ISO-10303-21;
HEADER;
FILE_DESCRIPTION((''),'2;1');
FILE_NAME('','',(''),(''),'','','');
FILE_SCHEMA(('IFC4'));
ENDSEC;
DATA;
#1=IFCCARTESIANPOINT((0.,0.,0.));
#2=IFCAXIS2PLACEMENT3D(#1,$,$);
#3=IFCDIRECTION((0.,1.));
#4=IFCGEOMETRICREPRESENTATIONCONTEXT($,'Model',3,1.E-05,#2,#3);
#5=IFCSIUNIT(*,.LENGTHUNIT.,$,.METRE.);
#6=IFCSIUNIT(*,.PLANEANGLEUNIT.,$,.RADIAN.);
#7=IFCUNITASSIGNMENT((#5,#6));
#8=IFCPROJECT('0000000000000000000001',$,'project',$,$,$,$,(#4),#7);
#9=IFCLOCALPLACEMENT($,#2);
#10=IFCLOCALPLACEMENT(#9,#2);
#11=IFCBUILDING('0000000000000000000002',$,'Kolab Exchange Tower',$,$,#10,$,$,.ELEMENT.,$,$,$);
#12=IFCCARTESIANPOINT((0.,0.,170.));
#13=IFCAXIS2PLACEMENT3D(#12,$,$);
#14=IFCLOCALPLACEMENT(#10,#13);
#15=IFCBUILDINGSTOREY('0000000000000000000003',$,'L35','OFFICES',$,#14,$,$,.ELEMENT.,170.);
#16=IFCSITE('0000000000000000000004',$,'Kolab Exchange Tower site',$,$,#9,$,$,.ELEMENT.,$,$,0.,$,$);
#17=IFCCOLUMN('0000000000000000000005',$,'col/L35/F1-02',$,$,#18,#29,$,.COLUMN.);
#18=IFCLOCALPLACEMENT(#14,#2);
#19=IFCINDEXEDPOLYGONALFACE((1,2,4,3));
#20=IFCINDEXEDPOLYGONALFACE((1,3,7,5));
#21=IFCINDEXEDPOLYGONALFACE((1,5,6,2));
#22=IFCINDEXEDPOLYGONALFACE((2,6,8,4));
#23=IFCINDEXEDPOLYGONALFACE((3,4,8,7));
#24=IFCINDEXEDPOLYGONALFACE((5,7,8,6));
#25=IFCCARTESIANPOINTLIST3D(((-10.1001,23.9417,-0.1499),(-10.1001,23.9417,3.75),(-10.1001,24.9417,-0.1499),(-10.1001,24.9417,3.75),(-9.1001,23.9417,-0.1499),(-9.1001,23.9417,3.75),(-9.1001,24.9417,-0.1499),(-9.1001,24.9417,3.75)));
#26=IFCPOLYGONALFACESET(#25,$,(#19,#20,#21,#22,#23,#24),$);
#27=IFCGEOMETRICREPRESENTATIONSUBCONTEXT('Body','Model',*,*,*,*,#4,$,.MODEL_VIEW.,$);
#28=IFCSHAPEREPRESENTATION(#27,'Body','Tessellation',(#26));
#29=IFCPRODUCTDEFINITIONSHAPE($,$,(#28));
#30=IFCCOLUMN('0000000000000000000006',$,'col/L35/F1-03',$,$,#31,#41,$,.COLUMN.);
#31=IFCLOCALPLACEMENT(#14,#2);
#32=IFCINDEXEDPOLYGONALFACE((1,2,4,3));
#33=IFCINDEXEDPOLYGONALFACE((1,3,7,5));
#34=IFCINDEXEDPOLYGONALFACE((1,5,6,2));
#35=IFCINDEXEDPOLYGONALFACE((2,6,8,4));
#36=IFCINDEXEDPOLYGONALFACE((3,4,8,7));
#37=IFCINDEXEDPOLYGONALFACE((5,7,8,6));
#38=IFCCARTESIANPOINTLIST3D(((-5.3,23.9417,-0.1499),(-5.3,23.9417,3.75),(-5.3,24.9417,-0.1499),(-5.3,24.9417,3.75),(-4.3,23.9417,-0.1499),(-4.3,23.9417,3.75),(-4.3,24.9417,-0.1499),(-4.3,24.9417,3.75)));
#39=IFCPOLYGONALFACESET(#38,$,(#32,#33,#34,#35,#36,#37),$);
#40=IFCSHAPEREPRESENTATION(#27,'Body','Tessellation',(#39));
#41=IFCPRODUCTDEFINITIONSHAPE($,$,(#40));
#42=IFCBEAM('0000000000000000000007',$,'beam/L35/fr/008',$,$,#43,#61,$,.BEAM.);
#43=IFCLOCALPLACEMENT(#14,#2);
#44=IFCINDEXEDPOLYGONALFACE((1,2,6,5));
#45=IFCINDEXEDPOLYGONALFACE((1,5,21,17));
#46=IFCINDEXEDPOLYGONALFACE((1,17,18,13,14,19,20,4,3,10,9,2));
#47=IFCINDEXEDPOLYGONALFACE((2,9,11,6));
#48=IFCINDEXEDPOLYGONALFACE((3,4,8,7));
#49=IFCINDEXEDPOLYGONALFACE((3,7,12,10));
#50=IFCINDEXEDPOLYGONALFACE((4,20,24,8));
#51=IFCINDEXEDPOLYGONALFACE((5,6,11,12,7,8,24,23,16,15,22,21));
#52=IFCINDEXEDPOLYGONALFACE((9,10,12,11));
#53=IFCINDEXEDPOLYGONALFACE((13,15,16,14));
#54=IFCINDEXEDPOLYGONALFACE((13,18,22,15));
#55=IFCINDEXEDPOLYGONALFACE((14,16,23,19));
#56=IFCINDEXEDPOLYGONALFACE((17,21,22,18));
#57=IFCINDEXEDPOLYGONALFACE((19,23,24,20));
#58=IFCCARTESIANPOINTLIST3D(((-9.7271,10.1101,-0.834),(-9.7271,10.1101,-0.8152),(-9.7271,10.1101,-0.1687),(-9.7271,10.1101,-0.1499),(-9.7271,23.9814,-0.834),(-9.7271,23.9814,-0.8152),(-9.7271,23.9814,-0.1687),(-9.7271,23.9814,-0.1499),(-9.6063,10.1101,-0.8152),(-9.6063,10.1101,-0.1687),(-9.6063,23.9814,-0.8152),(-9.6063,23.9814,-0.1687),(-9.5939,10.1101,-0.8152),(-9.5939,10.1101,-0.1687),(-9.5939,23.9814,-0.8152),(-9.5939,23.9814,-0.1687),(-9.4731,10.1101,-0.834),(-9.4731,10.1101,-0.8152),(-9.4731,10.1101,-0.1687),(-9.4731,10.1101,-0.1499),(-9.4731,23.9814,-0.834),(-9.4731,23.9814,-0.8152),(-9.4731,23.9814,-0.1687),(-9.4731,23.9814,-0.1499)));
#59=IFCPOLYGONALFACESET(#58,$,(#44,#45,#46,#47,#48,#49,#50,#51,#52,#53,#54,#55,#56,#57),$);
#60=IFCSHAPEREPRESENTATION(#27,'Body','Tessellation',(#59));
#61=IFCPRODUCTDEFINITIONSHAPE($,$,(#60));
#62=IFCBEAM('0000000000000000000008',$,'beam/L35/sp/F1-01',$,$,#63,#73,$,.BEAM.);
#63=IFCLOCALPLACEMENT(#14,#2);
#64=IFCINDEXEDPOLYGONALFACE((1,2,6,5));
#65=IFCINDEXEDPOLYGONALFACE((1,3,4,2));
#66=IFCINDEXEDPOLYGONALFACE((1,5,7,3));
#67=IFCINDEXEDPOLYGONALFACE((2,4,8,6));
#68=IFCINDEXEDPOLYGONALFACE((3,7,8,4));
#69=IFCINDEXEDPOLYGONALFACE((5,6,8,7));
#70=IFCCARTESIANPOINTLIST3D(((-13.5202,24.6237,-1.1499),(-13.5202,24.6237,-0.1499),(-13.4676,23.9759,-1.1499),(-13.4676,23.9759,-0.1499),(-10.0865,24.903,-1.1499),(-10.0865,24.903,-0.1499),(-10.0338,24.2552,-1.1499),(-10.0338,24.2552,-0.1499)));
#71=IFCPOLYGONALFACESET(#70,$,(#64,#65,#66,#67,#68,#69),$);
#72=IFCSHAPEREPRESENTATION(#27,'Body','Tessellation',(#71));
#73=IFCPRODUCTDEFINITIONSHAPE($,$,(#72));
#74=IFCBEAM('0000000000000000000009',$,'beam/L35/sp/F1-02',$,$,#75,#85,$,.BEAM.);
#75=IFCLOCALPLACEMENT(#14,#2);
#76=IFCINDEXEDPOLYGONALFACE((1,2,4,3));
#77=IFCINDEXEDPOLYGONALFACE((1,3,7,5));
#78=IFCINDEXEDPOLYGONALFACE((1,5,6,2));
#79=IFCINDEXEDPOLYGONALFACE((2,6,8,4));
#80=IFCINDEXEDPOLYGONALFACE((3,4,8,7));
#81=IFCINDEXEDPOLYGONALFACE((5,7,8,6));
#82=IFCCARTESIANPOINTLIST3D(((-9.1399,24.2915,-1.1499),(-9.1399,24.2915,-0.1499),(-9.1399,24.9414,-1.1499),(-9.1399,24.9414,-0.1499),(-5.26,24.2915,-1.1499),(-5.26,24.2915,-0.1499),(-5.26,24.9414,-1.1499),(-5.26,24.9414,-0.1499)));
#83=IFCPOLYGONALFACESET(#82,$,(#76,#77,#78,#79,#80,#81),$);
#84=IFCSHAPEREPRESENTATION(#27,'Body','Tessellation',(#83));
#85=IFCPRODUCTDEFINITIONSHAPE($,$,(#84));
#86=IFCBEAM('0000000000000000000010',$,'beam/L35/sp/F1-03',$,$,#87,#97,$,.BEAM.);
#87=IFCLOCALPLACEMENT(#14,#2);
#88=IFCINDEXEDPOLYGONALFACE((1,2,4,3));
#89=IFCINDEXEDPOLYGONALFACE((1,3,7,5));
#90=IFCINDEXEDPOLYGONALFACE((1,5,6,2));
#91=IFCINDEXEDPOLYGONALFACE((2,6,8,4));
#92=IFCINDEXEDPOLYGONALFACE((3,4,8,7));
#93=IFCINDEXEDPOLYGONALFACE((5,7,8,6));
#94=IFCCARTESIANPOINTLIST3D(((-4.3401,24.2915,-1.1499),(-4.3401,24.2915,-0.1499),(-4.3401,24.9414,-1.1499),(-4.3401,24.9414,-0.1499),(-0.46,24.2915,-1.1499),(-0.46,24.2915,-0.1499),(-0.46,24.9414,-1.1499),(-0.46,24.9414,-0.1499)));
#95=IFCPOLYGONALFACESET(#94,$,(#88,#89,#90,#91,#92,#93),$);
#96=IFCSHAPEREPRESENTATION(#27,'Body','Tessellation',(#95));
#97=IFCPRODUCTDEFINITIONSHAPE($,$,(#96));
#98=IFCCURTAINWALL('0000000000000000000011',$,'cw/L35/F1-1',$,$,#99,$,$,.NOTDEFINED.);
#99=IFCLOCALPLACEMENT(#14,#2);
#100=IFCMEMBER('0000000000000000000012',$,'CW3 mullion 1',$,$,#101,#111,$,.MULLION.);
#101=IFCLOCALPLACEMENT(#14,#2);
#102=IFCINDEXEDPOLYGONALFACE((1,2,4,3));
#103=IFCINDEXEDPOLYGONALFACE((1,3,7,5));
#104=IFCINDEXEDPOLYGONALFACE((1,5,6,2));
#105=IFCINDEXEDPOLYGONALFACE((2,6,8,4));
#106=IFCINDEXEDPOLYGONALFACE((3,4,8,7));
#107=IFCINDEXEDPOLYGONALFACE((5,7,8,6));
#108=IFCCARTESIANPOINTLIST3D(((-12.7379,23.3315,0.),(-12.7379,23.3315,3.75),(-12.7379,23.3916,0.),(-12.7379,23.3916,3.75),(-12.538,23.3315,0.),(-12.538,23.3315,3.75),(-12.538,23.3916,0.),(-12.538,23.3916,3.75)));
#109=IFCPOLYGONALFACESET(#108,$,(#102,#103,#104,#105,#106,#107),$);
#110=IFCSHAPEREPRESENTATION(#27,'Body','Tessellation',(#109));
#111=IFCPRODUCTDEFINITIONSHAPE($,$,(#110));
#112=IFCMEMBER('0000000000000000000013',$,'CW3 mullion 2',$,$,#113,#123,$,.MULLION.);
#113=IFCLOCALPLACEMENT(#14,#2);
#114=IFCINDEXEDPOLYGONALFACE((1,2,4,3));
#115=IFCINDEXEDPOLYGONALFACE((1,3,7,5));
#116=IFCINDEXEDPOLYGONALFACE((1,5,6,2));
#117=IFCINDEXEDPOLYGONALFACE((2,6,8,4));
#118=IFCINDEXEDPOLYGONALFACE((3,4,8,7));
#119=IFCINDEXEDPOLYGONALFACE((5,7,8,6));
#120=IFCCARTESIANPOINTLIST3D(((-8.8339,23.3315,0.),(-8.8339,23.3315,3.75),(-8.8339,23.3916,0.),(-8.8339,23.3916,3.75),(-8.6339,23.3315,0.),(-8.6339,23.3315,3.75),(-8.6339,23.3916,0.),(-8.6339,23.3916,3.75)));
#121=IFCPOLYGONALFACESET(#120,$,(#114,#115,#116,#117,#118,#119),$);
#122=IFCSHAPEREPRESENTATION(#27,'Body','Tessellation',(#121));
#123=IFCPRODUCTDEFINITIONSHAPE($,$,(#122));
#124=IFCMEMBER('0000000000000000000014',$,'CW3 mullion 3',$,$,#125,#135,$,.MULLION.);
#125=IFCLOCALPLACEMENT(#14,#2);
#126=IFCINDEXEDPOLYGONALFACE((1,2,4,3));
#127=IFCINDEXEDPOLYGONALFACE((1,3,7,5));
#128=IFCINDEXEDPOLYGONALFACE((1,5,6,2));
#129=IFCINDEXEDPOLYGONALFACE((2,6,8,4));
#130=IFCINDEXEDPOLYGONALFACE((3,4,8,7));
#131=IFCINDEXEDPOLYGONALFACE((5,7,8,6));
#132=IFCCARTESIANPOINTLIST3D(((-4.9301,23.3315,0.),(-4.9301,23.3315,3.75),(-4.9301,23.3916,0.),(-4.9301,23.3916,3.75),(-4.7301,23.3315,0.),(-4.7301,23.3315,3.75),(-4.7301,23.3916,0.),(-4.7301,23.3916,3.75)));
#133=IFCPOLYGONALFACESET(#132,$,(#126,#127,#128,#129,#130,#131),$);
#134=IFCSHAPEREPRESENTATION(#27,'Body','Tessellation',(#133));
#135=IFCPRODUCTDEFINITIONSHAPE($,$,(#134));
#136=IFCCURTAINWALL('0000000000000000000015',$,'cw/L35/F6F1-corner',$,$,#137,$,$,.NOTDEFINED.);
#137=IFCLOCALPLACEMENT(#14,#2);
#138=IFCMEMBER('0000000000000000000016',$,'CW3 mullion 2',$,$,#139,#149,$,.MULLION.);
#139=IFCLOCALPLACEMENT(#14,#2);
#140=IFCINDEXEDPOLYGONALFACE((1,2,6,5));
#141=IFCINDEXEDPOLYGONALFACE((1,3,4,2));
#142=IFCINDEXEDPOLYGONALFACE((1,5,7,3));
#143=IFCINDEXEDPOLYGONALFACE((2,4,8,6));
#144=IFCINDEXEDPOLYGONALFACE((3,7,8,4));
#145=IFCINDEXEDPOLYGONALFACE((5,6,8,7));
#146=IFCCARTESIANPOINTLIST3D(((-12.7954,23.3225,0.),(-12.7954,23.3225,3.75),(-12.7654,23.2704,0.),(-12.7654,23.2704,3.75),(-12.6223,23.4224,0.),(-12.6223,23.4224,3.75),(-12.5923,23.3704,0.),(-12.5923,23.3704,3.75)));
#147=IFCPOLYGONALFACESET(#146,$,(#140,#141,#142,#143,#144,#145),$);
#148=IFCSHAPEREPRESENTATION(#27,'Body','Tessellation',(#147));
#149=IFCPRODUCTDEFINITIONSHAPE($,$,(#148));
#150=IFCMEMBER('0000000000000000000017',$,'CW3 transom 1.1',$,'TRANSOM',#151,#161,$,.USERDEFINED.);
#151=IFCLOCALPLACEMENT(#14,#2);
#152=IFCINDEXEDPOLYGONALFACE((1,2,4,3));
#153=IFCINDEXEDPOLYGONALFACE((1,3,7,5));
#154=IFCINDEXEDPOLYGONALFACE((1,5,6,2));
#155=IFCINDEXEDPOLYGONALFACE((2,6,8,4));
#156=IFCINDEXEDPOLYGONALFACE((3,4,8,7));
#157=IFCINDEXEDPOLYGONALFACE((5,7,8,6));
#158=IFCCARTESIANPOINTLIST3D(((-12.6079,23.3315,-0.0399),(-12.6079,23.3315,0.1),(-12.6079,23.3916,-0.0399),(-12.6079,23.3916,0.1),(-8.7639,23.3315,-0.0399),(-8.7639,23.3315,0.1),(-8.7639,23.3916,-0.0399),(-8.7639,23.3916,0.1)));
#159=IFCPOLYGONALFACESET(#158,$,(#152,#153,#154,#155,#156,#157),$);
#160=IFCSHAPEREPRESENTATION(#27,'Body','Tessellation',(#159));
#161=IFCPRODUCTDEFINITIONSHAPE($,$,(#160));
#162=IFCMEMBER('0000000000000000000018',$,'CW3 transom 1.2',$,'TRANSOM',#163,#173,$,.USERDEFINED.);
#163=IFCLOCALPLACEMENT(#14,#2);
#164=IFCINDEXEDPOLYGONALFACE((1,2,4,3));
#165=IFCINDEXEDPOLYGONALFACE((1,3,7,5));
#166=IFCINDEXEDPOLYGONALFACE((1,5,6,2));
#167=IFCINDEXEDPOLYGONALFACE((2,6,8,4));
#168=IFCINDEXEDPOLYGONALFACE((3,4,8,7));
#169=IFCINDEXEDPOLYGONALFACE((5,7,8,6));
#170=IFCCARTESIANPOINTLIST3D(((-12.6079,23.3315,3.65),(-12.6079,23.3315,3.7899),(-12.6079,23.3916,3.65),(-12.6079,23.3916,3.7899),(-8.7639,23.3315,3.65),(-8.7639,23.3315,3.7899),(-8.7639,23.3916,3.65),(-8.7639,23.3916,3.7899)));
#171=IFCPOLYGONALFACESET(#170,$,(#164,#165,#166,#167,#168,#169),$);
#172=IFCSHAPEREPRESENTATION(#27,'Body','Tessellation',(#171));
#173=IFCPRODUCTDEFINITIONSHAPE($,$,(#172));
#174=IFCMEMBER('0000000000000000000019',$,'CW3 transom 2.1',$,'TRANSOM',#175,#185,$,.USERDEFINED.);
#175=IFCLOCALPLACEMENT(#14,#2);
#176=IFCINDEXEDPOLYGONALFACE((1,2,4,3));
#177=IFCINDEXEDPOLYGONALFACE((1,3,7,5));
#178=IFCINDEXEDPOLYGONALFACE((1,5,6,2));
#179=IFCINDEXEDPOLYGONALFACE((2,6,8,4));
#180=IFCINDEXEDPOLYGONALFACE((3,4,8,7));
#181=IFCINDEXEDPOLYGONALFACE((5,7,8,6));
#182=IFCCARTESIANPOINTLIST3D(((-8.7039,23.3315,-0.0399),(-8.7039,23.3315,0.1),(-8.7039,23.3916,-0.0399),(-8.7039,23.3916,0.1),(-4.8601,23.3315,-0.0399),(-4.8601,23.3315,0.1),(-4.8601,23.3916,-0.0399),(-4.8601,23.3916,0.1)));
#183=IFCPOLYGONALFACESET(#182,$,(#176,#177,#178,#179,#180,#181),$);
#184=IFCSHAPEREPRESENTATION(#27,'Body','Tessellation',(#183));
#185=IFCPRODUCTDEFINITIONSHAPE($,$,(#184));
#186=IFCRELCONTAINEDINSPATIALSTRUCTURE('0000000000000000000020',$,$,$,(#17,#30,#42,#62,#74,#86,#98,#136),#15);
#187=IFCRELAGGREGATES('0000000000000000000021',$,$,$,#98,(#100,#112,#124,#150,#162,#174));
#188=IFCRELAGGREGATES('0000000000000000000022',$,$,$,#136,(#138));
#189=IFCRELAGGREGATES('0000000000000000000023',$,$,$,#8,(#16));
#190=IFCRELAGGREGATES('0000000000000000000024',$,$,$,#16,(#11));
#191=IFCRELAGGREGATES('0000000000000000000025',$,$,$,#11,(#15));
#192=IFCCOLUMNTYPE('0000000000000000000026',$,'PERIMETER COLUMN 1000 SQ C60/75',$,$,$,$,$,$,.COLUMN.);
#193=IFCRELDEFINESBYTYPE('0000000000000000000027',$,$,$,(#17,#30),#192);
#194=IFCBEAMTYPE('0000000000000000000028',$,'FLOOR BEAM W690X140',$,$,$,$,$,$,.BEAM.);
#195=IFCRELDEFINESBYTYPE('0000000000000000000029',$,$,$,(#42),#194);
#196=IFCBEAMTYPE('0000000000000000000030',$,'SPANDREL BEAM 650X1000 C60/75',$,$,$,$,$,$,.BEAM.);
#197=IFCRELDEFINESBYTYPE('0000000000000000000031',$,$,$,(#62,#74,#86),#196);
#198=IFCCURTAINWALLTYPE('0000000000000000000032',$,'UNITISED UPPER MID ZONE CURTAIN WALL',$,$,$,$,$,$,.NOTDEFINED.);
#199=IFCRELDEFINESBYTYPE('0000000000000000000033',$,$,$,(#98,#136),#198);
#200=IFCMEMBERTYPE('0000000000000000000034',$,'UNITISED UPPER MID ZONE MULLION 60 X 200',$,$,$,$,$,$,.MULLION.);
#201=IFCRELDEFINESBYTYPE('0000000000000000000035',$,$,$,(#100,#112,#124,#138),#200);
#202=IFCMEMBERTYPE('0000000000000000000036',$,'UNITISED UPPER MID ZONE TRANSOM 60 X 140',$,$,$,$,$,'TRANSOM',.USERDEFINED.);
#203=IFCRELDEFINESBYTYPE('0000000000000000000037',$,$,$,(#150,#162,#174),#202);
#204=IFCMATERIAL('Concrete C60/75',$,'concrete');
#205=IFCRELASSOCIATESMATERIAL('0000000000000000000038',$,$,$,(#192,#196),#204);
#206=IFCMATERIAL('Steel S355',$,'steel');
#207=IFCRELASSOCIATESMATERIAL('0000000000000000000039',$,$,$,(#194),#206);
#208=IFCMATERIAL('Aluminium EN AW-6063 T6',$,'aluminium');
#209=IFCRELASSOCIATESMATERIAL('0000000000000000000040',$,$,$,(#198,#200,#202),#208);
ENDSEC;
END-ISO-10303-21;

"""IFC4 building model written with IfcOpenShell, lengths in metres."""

from ifc_helpers import new_model, si_unit, direction, frame, origin, origin_2d, place, context, subcontext, project, spatial, rectangle, i_section, extrude, material, material_profile, profile_set, type_object, element, aggregate, save


model = new_model("IFC4")

# Units and contexts
model_context = context("Model", 3, precision=1e-05, world=origin(), true_north=direction((0.0, 1.0)))
body_context = subcontext(model_context, "Body", "Model", "MODEL_VIEW")
ifc_project = project(units=[si_unit("LENGTHUNIT", "METRE"), si_unit("PLANEANGLEUNIT", "RADIAN")], contexts=[model_context])

# Site, building, storey
site_placement = place(None, origin())
site = spatial("IfcSite", under=ifc_project, at=site_placement, Name="Kolab Exchange Tower site", CompositionType="ELEMENT", RefElevation=0.0)
building_placement = place(site_placement, origin())
building = spatial("IfcBuilding", under=site, at=building_placement, Name="Kolab Exchange Tower", CompositionType="ELEMENT")
storey_placement = place(building_placement, frame((0.0, 0.0, 170.0)))
storey = spatial("IfcBuildingStorey", under=building, at=storey_placement, Name="L35", Description="OFFICES", CompositionType="ELEMENT", Elevation=170.0)

# Columns
ifc_material_1 = material(Name="Concrete C60/75", Category="concrete")
ifc_material_profile_1 = material_profile(ifc_material_1, rectangle(XDim=1.0, YDim=1.0, at=origin_2d()), Name="RC1000")
ifc_profile_set_1 = profile_set([ifc_material_profile_1], Name="Concrete C60/75")
column_type = type_object("IfcColumnType", Name="PERIMETER COLUMN 1000 SQ C60/75", PredefinedType="COLUMN", material=ifc_profile_set_1)
for number, where, z_axis, x_axis, name in (
    (1, (-9.6001, 24.4417, -0.1499), (0.0, 0.0, 1.0), (1.0, 0.0, 0.0), "col/L35/F1-02"),
    (2, (-4.8, 24.4417, -0.1499), (0.0, 0.0, 1.0), (1.0, 0.0, 0.0), "col/L35/F1-03"),
):
    element("IfcColumn", number, at=place(storey_placement, frame(where, z_axis=z_axis, x_axis=x_axis)), inside=storey, type_object=column_type, Name=name, PredefinedType="COLUMN", context=body_context, shape_type="SweptSolid", body=[
        extrude(rectangle(XDim=1.0, YDim=1.0, at=origin_2d()), origin(), (0.0, 0.0, 1.0), 3.8999),
    ])

# Beams
ifc_material_2 = material(Name="Steel S355", Category="steel")
ifc_material_profile_2 = material_profile(ifc_material_2, i_section(OverallWidth=0.2539, OverallDepth=0.6841, WebThickness=0.0125, FlangeThickness=0.0188, at=origin_2d()), Name="W690X140")
ifc_profile_set_2 = profile_set([ifc_material_profile_2], Name="Steel S355")
beam_type_1 = type_object("IfcBeamType", Name="FLOOR BEAM W690X140", PredefinedType="BEAM", material=ifc_profile_set_2)
beam_1_placement = place(storey_placement, frame((-9.6001, 10.1101, -0.4919), z_axis=(0.0, 1.0, 0.0), x_axis=(-1.0, 0.0, 0.0)))
element("IfcBeam", 3, at=beam_1_placement, inside=storey, type_object=beam_type_1, Name="beam/L35/fr/008", PredefinedType="BEAM", context=body_context, shape_type="SweptSolid", body=[
    extrude(i_section(OverallWidth=0.2539, OverallDepth=0.6841, WebThickness=0.0125, FlangeThickness=0.0188, at=origin_2d()), origin(), (0.0, 0.0, 1.0), 13.8713),
])
ifc_material_profile_3 = material_profile(ifc_material_1, rectangle(XDim=0.6499, YDim=1.0, at=origin_2d()), Name="RC650X1000")
ifc_profile_set_3 = profile_set([ifc_material_profile_3], Name="Concrete C60/75")
beam_type_2 = type_object("IfcBeamType", Name="SPANDREL BEAM 650X1000 C60/75", PredefinedType="BEAM", material=ifc_profile_set_3)
beam_2_placement = place(storey_placement, frame((-13.4939, 24.2998, -0.6499), z_axis=(0.996708, 0.081069, 0.0), x_axis=(-0.081069, 0.996708, 0.0)))
element("IfcBeam", 4, at=beam_2_placement, inside=storey, type_object=beam_type_2, Name="beam/L35/sp/F1-01", PredefinedType="BEAM", context=body_context, shape_type="SweptSolid", body=[
    extrude(rectangle(XDim=0.6499, YDim=1.0, at=origin_2d()), origin(), (0.0, 0.0, 1.0), 3.4451),
])
beam_3_placement = place(storey_placement, frame((-9.1399, 24.6165, -0.6499), z_axis=(1.0, 0.0, 0.0), x_axis=(0.0, 1.0, 0.0)))
element("IfcBeam", 5, at=beam_3_placement, inside=storey, type_object=beam_type_2, Name="beam/L35/sp/F1-02", PredefinedType="BEAM", context=body_context, shape_type="SweptSolid", body=[
    extrude(rectangle(XDim=0.6499, YDim=1.0, at=origin_2d()), origin(), (0.0, 0.0, 1.0), 3.8799),
])
beam_4_placement = place(storey_placement, frame((-4.3401, 24.6165, -0.6499), z_axis=(1.0, 0.0, 0.0), x_axis=(0.0, 1.0, 0.0)))
element("IfcBeam", 6, at=beam_4_placement, inside=storey, type_object=beam_type_2, Name="beam/L35/sp/F1-03", PredefinedType="BEAM", context=body_context, shape_type="SweptSolid", body=[
    extrude(rectangle(XDim=0.6499, YDim=1.0, at=origin_2d()), origin(), (0.0, 0.0, 1.0), 3.8801),
])

# Curtain wall, members
ifc_material_3 = material(Name="Aluminium EN AW-6063 T6", Category="aluminium")
curtain_wall_type = type_object("IfcCurtainWallType", Name="UNITISED UPPER MID ZONE CURTAIN WALL", PredefinedType="NOTDEFINED", material=ifc_material_3)
curtain_wall_1_placement = place(storey_placement, origin())
curtain_wall_1 = element("IfcCurtainWall", 7, at=curtain_wall_1_placement, inside=storey, type_object=curtain_wall_type, Name="cw/L35/F1-1", PredefinedType="NOTDEFINED")
ifc_material_profile_4 = material_profile(ifc_material_3, rectangle(XDim=0.0601, YDim=0.2, at=origin_2d()), Name="RECT 60X200")
ifc_profile_set_4 = profile_set([ifc_material_profile_4], Name="Aluminium EN AW-6063 T6")
member_type_1 = type_object("IfcMemberType", Name="UNITISED UPPER MID ZONE MULLION 60 X 200", PredefinedType="MULLION", material=ifc_profile_set_4)
member_1_placement = place(storey_placement, frame((-12.6379, 23.3616, 0.0), z_axis=(0.0, 0.0, 1.0), x_axis=(0.0, 1.0, 0.0)))
member_1 = element("IfcMember", 8, at=member_1_placement, type_object=member_type_1, Name="CW3 mullion 1", PredefinedType="MULLION", context=body_context, shape_type="SweptSolid", body=[
    extrude(rectangle(XDim=0.0601, YDim=0.2, at=origin_2d()), origin(), (0.0, 0.0, 1.0), 3.75),
])
member_2_placement = place(storey_placement, frame((-8.7339, 23.3616, 0.0), z_axis=(0.0, 0.0, 1.0), x_axis=(0.0, 1.0, 0.0)))
member_2 = element("IfcMember", 9, at=member_2_placement, type_object=member_type_1, Name="CW3 mullion 2", PredefinedType="MULLION", context=body_context, shape_type="SweptSolid", body=[
    extrude(rectangle(XDim=0.0601, YDim=0.2, at=origin_2d()), origin(), (0.0, 0.0, 1.0), 3.75),
])
member_3_placement = place(storey_placement, frame((-4.8301, 23.3616, 0.0), z_axis=(0.0, 0.0, 1.0), x_axis=(0.0, 1.0, 0.0)))
member_3 = element("IfcMember", 10, at=member_3_placement, type_object=member_type_1, Name="CW3 mullion 3", PredefinedType="MULLION", context=body_context, shape_type="SweptSolid", body=[
    extrude(rectangle(XDim=0.0601, YDim=0.2, at=origin_2d()), origin(), (0.0, 0.0, 1.0), 3.75),
])

# Curtain wall, member
curtain_wall_2_placement = place(storey_placement, origin())
curtain_wall_2 = element("IfcCurtainWall", 11, at=curtain_wall_2_placement, inside=storey, type_object=curtain_wall_type, Name="cw/L35/F6F1-corner", PredefinedType="NOTDEFINED")
member_4_placement = place(storey_placement, frame((-12.6938, 23.3464, 0.0), z_axis=(0.0, 0.0, 1.0), x_axis=(-0.5, 0.866025, 0.0)))
member_4 = element("IfcMember", 12, at=member_4_placement, type_object=member_type_1, Name="CW3 mullion 2", PredefinedType="MULLION", context=body_context, shape_type="SweptSolid", body=[
    extrude(rectangle(XDim=0.0601, YDim=0.2, at=origin_2d()), origin(), (0.0, 0.0, 1.0), 3.75),
])

# Members
ifc_material_profile_5 = material_profile(ifc_material_3, rectangle(XDim=0.0601, YDim=0.1399, at=origin_2d()), Name="RECT 60X140")
ifc_profile_set_5 = profile_set([ifc_material_profile_5], Name="Aluminium EN AW-6063 T6")
member_type_2 = type_object("IfcMemberType", Name="UNITISED UPPER MID ZONE TRANSOM 60 X 140", ElementType="TRANSOM", PredefinedType="USERDEFINED", material=ifc_profile_set_5)
member_5_placement = place(storey_placement, frame((-12.6079, 23.3616, 0.03), z_axis=(1.0, 0.0, 0.0), x_axis=(0.0, 1.0, 0.0)))
member_5 = element("IfcMember", 13, at=member_5_placement, type_object=member_type_2, Name="CW3 transom 1.1", ObjectType="TRANSOM", PredefinedType="USERDEFINED", context=body_context, shape_type="SweptSolid", body=[
    extrude(rectangle(XDim=0.0601, YDim=0.1399, at=origin_2d()), origin(), (0.0, 0.0, 1.0), 3.844),
])
member_6_placement = place(storey_placement, frame((-12.6079, 23.3616, 3.72), z_axis=(1.0, 0.0, 0.0), x_axis=(0.0, 1.0, 0.0)))
member_6 = element("IfcMember", 14, at=member_6_placement, type_object=member_type_2, Name="CW3 transom 1.2", ObjectType="TRANSOM", PredefinedType="USERDEFINED", context=body_context, shape_type="SweptSolid", body=[
    extrude(rectangle(XDim=0.0601, YDim=0.1399, at=origin_2d()), origin(), (0.0, 0.0, 1.0), 3.844),
])
member_7_placement = place(storey_placement, frame((-8.7039, 23.3616, 0.03), z_axis=(1.0, 0.0, 0.0), x_axis=(0.0, 1.0, 0.0)))
member_7 = element("IfcMember", 15, at=member_7_placement, type_object=member_type_2, Name="CW3 transom 2.1", ObjectType="TRANSOM", PredefinedType="USERDEFINED", context=body_context, shape_type="SweptSolid", body=[
    extrude(rectangle(XDim=0.0601, YDim=0.1399, at=origin_2d()), origin(), (0.0, 0.0, 1.0), 3.8438),
])

aggregate(curtain_wall_1, [member_1, member_2, member_3, member_5, member_6, member_7])
aggregate(curtain_wall_2, [member_4])

save(model, "model.ifc")
